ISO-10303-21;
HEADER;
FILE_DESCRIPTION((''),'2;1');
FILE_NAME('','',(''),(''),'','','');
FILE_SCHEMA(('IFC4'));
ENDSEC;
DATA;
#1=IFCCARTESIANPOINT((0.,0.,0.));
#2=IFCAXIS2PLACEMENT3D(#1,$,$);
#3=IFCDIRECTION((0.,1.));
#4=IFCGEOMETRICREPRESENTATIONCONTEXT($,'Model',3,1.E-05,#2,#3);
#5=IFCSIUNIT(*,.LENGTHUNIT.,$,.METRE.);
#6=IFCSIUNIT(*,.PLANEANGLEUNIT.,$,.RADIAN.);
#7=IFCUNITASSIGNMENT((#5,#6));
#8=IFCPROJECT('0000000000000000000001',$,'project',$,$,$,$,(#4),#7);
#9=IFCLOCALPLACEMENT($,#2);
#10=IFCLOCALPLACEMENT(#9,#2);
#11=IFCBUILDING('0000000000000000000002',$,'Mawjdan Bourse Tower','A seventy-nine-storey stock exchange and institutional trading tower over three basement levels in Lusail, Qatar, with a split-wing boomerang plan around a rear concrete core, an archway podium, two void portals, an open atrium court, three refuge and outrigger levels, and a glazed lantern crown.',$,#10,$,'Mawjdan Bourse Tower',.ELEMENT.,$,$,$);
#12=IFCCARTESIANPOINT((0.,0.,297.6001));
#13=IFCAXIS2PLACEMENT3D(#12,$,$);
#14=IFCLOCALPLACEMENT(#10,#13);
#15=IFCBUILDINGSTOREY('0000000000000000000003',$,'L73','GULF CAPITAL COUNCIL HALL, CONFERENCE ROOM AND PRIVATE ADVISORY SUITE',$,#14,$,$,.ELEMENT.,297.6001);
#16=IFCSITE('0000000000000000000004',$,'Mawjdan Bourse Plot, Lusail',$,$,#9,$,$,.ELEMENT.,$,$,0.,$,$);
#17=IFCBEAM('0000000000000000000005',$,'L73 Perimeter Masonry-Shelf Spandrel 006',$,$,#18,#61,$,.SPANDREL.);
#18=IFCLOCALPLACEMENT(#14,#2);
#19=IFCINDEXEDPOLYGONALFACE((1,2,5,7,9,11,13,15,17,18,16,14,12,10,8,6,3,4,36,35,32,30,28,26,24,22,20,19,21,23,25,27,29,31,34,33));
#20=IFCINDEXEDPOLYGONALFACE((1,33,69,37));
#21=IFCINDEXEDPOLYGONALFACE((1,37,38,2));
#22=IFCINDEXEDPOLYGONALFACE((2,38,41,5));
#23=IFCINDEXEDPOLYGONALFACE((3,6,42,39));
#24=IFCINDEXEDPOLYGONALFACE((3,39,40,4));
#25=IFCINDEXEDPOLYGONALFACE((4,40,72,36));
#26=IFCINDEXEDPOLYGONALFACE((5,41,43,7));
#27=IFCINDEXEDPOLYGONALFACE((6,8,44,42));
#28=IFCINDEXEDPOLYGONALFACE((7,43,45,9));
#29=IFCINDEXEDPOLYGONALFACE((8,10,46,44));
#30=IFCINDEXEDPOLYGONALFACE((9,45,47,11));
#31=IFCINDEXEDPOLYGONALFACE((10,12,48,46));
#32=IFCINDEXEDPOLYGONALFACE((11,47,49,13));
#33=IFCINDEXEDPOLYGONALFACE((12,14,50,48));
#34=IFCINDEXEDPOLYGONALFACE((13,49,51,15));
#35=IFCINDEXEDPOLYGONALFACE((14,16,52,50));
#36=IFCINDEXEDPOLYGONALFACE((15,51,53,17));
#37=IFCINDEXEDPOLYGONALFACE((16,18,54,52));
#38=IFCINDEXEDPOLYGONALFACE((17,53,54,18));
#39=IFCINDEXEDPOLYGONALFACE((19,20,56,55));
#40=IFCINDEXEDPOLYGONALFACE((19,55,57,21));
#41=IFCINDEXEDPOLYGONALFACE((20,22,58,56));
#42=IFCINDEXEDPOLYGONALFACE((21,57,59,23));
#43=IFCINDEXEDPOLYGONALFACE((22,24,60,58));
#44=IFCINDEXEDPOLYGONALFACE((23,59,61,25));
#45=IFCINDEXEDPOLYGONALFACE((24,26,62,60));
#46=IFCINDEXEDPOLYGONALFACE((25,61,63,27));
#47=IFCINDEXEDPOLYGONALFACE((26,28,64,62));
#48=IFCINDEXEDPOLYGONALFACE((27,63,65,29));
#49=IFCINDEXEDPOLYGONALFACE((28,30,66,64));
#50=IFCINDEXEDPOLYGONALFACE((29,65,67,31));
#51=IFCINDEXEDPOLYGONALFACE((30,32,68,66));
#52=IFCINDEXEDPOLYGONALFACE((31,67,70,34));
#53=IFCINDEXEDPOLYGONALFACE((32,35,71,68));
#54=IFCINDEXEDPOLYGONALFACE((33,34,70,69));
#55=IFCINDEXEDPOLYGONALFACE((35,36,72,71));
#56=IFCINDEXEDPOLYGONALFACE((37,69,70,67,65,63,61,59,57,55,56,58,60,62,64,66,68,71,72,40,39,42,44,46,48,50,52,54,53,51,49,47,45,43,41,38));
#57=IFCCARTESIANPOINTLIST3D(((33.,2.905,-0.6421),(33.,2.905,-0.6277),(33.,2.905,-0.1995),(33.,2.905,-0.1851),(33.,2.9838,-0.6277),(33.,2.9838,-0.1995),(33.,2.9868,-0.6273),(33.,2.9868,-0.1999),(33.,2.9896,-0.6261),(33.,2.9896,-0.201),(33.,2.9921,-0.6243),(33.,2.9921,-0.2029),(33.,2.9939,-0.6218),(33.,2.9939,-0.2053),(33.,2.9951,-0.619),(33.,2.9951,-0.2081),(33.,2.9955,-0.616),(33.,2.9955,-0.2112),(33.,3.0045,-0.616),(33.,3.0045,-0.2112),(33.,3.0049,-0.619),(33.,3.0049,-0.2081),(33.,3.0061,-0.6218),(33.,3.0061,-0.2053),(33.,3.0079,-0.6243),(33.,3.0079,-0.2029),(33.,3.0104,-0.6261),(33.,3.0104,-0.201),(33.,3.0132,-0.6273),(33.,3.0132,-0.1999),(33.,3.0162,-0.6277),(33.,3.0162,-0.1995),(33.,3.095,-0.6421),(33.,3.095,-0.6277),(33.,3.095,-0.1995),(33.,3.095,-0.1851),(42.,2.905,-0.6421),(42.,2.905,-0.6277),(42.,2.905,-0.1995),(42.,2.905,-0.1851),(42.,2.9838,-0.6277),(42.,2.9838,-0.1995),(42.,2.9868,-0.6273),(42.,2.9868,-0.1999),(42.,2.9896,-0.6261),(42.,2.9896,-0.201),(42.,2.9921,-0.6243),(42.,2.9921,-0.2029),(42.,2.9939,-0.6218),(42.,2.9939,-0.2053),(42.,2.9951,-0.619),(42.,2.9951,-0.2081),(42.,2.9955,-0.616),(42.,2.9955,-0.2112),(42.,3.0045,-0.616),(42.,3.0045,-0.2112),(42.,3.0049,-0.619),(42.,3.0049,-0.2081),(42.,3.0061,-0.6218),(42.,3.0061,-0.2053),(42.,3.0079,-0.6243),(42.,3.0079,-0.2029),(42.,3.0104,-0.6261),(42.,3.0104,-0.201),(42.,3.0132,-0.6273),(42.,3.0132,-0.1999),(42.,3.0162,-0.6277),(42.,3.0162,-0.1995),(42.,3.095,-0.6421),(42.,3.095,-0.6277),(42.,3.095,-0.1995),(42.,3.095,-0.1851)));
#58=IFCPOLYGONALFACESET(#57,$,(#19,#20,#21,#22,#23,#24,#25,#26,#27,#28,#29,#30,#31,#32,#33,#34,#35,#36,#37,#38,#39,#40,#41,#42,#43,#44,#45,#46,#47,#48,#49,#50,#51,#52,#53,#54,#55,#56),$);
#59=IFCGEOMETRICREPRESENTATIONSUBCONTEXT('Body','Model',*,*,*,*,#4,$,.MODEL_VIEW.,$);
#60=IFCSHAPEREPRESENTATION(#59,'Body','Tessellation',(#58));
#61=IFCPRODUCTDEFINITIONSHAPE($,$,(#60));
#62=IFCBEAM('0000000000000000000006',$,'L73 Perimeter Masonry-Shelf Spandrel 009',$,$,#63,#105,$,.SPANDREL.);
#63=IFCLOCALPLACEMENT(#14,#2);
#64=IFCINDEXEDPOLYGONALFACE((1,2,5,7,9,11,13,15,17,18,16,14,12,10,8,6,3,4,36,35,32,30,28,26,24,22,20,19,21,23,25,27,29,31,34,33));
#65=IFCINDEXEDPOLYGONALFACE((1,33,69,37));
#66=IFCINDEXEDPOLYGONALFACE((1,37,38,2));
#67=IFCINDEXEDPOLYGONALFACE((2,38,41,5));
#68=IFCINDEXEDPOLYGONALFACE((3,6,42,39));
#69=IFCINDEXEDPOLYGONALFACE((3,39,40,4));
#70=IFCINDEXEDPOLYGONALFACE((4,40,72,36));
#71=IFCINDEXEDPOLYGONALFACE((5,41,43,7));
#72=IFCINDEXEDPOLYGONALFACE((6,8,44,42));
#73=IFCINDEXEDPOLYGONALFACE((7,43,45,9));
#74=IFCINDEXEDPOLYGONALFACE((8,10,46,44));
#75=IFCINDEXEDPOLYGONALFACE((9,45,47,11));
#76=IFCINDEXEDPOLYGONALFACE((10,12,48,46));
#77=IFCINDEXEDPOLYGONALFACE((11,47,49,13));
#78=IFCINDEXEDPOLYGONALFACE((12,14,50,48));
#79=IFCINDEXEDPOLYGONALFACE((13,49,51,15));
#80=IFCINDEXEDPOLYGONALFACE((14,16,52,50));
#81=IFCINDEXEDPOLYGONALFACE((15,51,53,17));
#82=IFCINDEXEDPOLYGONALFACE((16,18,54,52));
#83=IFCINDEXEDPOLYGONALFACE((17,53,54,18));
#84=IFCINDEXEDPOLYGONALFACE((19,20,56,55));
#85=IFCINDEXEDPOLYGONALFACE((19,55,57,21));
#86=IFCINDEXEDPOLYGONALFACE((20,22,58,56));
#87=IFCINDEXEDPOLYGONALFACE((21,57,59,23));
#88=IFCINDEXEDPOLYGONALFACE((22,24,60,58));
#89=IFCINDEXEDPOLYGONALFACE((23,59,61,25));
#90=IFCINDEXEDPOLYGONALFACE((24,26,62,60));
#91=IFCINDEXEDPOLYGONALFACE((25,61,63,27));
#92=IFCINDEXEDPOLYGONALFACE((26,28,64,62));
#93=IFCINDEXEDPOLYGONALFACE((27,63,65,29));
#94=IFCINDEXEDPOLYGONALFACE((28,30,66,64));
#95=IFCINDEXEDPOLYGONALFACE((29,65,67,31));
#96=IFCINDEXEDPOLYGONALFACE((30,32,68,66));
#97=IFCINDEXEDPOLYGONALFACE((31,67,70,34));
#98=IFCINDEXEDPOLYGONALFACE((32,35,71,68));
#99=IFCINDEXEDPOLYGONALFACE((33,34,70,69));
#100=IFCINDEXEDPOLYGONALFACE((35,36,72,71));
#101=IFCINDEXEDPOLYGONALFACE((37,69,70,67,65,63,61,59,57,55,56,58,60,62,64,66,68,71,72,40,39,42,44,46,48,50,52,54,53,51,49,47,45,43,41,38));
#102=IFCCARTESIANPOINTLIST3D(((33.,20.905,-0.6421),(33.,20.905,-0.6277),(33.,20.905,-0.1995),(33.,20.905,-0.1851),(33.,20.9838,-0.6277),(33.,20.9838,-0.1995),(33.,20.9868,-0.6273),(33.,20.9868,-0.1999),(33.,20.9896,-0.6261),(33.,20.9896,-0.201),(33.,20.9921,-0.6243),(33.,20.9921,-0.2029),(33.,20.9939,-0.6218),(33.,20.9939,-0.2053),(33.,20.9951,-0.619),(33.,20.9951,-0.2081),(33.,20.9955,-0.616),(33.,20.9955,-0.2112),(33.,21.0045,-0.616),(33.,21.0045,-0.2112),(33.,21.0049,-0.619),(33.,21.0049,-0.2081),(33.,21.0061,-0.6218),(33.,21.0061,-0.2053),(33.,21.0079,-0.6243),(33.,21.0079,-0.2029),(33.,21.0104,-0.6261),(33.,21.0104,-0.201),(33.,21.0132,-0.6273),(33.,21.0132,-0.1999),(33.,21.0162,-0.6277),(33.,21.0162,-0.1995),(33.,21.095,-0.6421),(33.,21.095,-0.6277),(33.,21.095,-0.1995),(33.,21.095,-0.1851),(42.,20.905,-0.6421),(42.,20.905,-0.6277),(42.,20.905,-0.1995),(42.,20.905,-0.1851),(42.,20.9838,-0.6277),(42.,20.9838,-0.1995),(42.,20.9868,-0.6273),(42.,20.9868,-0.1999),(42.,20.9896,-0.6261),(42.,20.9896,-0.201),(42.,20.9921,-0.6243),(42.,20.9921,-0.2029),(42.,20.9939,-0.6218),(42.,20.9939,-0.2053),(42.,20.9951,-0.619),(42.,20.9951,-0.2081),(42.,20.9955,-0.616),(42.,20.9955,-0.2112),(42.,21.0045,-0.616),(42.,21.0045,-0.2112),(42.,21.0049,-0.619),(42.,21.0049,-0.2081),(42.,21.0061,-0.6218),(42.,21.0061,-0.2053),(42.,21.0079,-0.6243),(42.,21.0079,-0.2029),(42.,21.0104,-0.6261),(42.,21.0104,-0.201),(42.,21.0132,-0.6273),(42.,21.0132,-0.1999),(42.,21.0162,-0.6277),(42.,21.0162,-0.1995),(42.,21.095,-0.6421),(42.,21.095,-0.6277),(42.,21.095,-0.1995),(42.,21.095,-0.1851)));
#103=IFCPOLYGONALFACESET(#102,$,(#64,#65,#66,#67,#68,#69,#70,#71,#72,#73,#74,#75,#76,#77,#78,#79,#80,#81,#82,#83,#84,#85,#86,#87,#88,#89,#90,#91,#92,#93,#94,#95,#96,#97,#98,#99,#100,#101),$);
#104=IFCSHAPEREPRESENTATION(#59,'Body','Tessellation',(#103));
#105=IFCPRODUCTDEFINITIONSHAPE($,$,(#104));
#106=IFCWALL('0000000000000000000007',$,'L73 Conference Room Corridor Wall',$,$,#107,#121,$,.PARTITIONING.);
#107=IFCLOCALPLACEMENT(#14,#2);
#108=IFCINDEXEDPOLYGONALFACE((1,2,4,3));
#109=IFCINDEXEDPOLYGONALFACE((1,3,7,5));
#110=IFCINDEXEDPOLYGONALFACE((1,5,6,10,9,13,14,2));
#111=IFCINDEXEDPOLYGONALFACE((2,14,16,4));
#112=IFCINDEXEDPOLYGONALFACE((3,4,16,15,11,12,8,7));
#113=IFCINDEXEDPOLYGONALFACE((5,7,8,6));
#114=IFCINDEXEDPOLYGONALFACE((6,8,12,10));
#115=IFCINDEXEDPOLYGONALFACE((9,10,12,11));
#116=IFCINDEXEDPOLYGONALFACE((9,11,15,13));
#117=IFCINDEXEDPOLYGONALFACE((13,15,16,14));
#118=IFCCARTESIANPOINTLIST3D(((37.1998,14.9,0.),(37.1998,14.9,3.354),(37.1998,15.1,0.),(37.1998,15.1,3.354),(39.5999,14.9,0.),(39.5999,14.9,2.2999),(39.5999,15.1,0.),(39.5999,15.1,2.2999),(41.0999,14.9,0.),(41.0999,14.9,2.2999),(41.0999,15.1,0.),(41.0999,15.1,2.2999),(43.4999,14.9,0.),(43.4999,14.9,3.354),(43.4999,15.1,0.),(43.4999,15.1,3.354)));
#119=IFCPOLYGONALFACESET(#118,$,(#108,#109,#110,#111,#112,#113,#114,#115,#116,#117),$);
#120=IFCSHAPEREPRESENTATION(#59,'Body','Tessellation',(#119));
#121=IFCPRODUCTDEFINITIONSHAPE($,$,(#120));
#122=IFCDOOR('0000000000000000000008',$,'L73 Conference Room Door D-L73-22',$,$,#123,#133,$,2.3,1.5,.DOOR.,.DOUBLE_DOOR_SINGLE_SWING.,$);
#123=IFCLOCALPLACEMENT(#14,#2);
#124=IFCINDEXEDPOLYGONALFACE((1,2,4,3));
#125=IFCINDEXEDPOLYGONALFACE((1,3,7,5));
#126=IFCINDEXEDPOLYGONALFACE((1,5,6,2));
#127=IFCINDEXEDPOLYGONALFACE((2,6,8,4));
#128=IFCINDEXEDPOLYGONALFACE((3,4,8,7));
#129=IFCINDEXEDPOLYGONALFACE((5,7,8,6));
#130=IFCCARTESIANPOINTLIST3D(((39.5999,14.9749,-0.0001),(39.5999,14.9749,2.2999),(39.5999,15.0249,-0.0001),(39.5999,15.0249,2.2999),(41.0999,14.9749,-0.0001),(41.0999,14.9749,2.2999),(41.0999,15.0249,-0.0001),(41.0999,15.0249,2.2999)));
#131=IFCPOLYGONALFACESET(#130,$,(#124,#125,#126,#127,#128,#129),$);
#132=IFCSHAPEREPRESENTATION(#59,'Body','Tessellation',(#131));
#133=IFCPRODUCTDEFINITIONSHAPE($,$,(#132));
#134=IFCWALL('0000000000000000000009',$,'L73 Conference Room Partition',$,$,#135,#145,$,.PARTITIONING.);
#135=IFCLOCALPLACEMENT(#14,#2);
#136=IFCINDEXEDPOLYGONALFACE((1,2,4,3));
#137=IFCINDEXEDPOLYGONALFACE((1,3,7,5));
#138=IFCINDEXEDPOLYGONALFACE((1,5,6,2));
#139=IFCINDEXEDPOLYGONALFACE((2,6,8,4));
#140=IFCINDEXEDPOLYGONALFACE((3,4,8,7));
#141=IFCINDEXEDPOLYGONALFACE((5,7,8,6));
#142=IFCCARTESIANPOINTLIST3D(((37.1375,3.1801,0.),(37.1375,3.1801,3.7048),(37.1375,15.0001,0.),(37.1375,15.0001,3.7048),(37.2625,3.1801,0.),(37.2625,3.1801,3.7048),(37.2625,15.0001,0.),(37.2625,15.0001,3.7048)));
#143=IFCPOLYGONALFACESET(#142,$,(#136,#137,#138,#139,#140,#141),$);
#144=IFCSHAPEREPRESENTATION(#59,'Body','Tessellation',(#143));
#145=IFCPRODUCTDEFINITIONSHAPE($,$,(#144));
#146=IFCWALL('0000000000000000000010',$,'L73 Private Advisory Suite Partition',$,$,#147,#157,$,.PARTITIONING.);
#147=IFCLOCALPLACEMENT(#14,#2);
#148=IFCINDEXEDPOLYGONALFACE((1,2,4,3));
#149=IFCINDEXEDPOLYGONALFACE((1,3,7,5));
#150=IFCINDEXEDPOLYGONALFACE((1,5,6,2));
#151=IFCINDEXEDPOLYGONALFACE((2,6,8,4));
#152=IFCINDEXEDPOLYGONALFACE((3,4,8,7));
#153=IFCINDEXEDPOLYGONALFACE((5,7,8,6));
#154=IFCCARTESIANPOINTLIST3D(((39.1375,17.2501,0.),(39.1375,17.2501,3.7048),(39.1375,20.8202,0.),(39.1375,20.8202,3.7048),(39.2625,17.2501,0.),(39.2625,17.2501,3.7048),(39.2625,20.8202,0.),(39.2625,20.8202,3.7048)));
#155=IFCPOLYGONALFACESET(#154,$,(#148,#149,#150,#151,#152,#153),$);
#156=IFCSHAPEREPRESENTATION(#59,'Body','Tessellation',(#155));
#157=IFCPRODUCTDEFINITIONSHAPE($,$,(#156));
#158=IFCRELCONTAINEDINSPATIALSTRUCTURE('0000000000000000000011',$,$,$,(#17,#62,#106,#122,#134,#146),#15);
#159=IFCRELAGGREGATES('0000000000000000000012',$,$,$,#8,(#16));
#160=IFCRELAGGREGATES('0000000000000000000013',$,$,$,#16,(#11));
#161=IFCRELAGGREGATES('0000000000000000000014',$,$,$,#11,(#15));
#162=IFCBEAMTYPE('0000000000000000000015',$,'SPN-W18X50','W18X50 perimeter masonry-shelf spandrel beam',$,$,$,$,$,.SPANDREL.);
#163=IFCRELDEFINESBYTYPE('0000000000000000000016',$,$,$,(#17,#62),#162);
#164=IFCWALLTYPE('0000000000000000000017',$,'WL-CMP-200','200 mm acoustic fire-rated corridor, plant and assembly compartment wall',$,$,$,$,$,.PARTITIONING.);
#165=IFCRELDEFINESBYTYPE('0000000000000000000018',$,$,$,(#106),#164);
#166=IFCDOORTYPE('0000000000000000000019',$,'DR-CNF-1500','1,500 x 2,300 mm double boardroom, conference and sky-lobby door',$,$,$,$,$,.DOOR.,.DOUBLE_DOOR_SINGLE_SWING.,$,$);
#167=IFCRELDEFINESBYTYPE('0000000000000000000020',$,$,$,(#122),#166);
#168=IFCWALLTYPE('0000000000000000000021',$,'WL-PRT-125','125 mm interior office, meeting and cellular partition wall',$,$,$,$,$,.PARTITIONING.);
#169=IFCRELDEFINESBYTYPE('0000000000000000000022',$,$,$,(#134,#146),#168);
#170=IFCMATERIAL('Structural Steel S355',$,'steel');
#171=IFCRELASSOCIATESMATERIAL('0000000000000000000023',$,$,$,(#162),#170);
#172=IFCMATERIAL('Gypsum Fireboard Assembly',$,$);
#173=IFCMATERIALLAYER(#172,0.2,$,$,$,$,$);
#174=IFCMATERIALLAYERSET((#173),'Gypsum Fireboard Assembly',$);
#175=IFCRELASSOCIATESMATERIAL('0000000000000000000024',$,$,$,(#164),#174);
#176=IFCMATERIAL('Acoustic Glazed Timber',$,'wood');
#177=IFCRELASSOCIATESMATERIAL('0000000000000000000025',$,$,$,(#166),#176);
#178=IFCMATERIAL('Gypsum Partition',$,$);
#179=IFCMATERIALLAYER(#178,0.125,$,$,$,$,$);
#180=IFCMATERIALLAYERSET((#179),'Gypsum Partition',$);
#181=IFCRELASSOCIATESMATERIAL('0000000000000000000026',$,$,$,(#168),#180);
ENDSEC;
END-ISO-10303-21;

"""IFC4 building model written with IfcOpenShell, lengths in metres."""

from ifc_helpers import new_model, si_unit, direction, frame, frame_2d, origin, origin_2d, place, context, subcontext, project, spatial, rectangle, i_section, extrude, material, layer, layer_set, material_profile, profile_set, type_object, element, fill, save


model = new_model("IFC4")

# Units and contexts
model_context = context("Model", 3, precision=1e-05, world=origin(), true_north=direction((0.0, 1.0)))
body_context = subcontext(model_context, "Body", "Model", "MODEL_VIEW")
ifc_project = project(units=[si_unit("LENGTHUNIT", "METRE"), si_unit("PLANEANGLEUNIT", "RADIAN")], contexts=[model_context])

# Site, building, storey
site_placement = place(None, origin())
site = spatial("IfcSite", under=ifc_project, at=site_placement, Name="Mawjdan Bourse Plot, Lusail", CompositionType="ELEMENT", RefElevation=0.0)
building_placement = place(site_placement, origin())
building = spatial("IfcBuilding", under=site, at=building_placement, Name="Mawjdan Bourse Tower", Description="A seventy-nine-storey stock exchange and institutional trading tower over three basement levels in Lusail, Qatar, with a split-wing boomerang plan around a rear concrete core, an archway podium, two void portals, an open atrium court, three refuge and outrigger levels, and a glazed lantern crown.", LongName="Mawjdan Bourse Tower", CompositionType="ELEMENT")
storey_placement = place(building_placement, frame((0.0, 0.0, 297.6001)))
storey = spatial("IfcBuildingStorey", under=building, at=storey_placement, Name="L73", Description="GULF CAPITAL COUNCIL HALL, CONFERENCE ROOM AND PRIVATE ADVISORY SUITE", CompositionType="ELEMENT", Elevation=297.6001)

# Beams
ifc_material_1 = material(Name="Structural Steel S355", Category="steel")
ifc_material_profile_1 = material_profile(ifc_material_1, i_section(OverallWidth=0.1899, OverallDepth=0.457, WebThickness=0.009, FlangeThickness=0.0144, FilletRadius=0.0117, at=origin_2d()), Name="W18X50")
ifc_profile_set_1 = profile_set([ifc_material_profile_1], Name="Structural Steel S355")
beam_type_1 = type_object("IfcBeamType", Name="SPN-W18X50", Description="W18X50 perimeter masonry-shelf spandrel beam", PredefinedType="SPANDREL", material=ifc_profile_set_1)
for number, where, z_axis, x_axis, name in (
    (1, (33.0, 3.0, -0.4136), (1.0, 0.0, 0.0), (0.0, 1.0, 0.0), "L73 Perimeter Masonry-Shelf Spandrel 006"),
    (2, (33.0, 21.0, -0.4136), (1.0, 0.0, 0.0), (0.0, 1.0, 0.0), "L73 Perimeter Masonry-Shelf Spandrel 009"),
):
    element("IfcBeam", number, at=place(storey_placement, frame(where, z_axis=z_axis, x_axis=x_axis)), inside=storey, type_object=beam_type_1, Name=name, PredefinedType="SPANDREL", context=body_context, shape_type="SweptSolid", body=[
        extrude(i_section(OverallWidth=0.1899, OverallDepth=0.457, WebThickness=0.009, FlangeThickness=0.0144, FilletRadius=0.0117, at=origin_2d()), origin(), (0.0, 0.0, 1.0), 9.0),
    ])

# Wall, opening, door
ifc_material_2 = material(Name="Gypsum Fireboard Assembly")
ifc_layer_1 = layer(ifc_material_2, 0.2)
ifc_layer_set_1 = layer_set([ifc_layer_1], Name="Gypsum Fireboard Assembly")
wall_type_1 = type_object("IfcWallType", Name="WL-CMP-200", Description="200 mm acoustic fire-rated corridor, plant and assembly compartment wall", PredefinedType="PARTITIONING", material=ifc_layer_set_1)
wall_1_placement = place(storey_placement, frame((37.2, 15.0, 0.0), z_axis=(0.0, 0.0, 1.0), x_axis=(1.0, 0.0, 0.0)))
wall_1 = element("IfcWall", 3, at=wall_1_placement, inside=storey, type_object=wall_type_1, Name="L73 Conference Room Corridor Wall", PredefinedType="PARTITIONING", context=body_context, shape_type="SweptSolid", body=[
    extrude(rectangle(XDim=6.3, YDim=0.2, at=frame_2d((3.1499, 0.0))), origin(), (0.0, 0.0, 1.0), 3.354),
])
opening_1_placement = place(wall_1_placement, frame((2.3999, 0.0, 0.0)))
opening_1 = element("IfcOpeningElement", 4, at=opening_1_placement, cuts=wall_1, PredefinedType="OPENING", context=body_context, shape_type="SweptSolid", body=[
    extrude(rectangle(XDim=1.5, YDim=2.3, at=frame_2d((0.75, 1.1499))), frame((0.0, 0.1099, 0.0), z_axis=(0.0, -1.0, 0.0), x_axis=(1.0, 0.0, 0.0)), (0.0, 0.0, 1.0), 0.22),
])
ifc_material_3 = material(Name="Acoustic Glazed Timber", Category="wood")
door_type_1 = type_object("IfcDoorType", Name="DR-CNF-1500", Description="1,500 x 2,300 mm double boardroom, conference and sky-lobby door", OperationType="DOUBLE_DOOR_SINGLE_SWING", PredefinedType="DOOR", material=ifc_material_3)
door_1_placement = place(opening_1_placement, origin())
door_1 = element("IfcDoor", 5, at=door_1_placement, inside=storey, type_object=door_type_1, Name="L73 Conference Room Door D-L73-22", OperationType="DOUBLE_DOOR_SINGLE_SWING", OverallHeight=2.3, OverallWidth=1.5, PredefinedType="DOOR", context=body_context, shape_type="SweptSolid", body=[
    extrude(rectangle(XDim=1.5, YDim=2.3, at=frame_2d((0.75, 1.1499))), frame((0.0, 0.0249, 0.0), z_axis=(0.0, -1.0, 0.0), x_axis=(1.0, 0.0, 0.0)), (0.0, 0.0, 1.0), 0.05),
])
fill(opening_1, door_1)

# Walls
ifc_material_4 = material(Name="Gypsum Partition")
ifc_layer_2 = layer(ifc_material_4, 0.125)
ifc_layer_set_2 = layer_set([ifc_layer_2], Name="Gypsum Partition")
wall_type_2 = type_object("IfcWallType", Name="WL-PRT-125", Description="125 mm interior office, meeting and cellular partition wall", PredefinedType="PARTITIONING", material=ifc_layer_set_2)
wall_2_placement = place(storey_placement, frame((37.2, 3.1799, 0.0), z_axis=(0.0, 0.0, 1.0), x_axis=(0.0, 1.0, 0.0)))
element("IfcWall", 6, at=wall_2_placement, inside=storey, type_object=wall_type_2, Name="L73 Conference Room Partition", PredefinedType="PARTITIONING", context=body_context, shape_type="SweptSolid", body=[
    extrude(rectangle(XDim=11.8201, YDim=0.125, at=frame_2d((5.9102, 0.0))), origin(), (0.0, 0.0, 1.0), 3.7048),
])
wall_3_placement = place(storey_placement, frame((39.2, 17.25, 0.0), z_axis=(0.0, 0.0, 1.0), x_axis=(0.0, 1.0, 0.0)))
element("IfcWall", 7, at=wall_3_placement, inside=storey, type_object=wall_type_2, Name="L73 Private Advisory Suite Partition", PredefinedType="PARTITIONING", context=body_context, shape_type="SweptSolid", body=[
    extrude(rectangle(XDim=3.5701, YDim=0.125, at=frame_2d((1.7852, 0.0))), origin(), (0.0, 0.0, 1.0), 3.7048),
])

save(model, "model.ifc")
